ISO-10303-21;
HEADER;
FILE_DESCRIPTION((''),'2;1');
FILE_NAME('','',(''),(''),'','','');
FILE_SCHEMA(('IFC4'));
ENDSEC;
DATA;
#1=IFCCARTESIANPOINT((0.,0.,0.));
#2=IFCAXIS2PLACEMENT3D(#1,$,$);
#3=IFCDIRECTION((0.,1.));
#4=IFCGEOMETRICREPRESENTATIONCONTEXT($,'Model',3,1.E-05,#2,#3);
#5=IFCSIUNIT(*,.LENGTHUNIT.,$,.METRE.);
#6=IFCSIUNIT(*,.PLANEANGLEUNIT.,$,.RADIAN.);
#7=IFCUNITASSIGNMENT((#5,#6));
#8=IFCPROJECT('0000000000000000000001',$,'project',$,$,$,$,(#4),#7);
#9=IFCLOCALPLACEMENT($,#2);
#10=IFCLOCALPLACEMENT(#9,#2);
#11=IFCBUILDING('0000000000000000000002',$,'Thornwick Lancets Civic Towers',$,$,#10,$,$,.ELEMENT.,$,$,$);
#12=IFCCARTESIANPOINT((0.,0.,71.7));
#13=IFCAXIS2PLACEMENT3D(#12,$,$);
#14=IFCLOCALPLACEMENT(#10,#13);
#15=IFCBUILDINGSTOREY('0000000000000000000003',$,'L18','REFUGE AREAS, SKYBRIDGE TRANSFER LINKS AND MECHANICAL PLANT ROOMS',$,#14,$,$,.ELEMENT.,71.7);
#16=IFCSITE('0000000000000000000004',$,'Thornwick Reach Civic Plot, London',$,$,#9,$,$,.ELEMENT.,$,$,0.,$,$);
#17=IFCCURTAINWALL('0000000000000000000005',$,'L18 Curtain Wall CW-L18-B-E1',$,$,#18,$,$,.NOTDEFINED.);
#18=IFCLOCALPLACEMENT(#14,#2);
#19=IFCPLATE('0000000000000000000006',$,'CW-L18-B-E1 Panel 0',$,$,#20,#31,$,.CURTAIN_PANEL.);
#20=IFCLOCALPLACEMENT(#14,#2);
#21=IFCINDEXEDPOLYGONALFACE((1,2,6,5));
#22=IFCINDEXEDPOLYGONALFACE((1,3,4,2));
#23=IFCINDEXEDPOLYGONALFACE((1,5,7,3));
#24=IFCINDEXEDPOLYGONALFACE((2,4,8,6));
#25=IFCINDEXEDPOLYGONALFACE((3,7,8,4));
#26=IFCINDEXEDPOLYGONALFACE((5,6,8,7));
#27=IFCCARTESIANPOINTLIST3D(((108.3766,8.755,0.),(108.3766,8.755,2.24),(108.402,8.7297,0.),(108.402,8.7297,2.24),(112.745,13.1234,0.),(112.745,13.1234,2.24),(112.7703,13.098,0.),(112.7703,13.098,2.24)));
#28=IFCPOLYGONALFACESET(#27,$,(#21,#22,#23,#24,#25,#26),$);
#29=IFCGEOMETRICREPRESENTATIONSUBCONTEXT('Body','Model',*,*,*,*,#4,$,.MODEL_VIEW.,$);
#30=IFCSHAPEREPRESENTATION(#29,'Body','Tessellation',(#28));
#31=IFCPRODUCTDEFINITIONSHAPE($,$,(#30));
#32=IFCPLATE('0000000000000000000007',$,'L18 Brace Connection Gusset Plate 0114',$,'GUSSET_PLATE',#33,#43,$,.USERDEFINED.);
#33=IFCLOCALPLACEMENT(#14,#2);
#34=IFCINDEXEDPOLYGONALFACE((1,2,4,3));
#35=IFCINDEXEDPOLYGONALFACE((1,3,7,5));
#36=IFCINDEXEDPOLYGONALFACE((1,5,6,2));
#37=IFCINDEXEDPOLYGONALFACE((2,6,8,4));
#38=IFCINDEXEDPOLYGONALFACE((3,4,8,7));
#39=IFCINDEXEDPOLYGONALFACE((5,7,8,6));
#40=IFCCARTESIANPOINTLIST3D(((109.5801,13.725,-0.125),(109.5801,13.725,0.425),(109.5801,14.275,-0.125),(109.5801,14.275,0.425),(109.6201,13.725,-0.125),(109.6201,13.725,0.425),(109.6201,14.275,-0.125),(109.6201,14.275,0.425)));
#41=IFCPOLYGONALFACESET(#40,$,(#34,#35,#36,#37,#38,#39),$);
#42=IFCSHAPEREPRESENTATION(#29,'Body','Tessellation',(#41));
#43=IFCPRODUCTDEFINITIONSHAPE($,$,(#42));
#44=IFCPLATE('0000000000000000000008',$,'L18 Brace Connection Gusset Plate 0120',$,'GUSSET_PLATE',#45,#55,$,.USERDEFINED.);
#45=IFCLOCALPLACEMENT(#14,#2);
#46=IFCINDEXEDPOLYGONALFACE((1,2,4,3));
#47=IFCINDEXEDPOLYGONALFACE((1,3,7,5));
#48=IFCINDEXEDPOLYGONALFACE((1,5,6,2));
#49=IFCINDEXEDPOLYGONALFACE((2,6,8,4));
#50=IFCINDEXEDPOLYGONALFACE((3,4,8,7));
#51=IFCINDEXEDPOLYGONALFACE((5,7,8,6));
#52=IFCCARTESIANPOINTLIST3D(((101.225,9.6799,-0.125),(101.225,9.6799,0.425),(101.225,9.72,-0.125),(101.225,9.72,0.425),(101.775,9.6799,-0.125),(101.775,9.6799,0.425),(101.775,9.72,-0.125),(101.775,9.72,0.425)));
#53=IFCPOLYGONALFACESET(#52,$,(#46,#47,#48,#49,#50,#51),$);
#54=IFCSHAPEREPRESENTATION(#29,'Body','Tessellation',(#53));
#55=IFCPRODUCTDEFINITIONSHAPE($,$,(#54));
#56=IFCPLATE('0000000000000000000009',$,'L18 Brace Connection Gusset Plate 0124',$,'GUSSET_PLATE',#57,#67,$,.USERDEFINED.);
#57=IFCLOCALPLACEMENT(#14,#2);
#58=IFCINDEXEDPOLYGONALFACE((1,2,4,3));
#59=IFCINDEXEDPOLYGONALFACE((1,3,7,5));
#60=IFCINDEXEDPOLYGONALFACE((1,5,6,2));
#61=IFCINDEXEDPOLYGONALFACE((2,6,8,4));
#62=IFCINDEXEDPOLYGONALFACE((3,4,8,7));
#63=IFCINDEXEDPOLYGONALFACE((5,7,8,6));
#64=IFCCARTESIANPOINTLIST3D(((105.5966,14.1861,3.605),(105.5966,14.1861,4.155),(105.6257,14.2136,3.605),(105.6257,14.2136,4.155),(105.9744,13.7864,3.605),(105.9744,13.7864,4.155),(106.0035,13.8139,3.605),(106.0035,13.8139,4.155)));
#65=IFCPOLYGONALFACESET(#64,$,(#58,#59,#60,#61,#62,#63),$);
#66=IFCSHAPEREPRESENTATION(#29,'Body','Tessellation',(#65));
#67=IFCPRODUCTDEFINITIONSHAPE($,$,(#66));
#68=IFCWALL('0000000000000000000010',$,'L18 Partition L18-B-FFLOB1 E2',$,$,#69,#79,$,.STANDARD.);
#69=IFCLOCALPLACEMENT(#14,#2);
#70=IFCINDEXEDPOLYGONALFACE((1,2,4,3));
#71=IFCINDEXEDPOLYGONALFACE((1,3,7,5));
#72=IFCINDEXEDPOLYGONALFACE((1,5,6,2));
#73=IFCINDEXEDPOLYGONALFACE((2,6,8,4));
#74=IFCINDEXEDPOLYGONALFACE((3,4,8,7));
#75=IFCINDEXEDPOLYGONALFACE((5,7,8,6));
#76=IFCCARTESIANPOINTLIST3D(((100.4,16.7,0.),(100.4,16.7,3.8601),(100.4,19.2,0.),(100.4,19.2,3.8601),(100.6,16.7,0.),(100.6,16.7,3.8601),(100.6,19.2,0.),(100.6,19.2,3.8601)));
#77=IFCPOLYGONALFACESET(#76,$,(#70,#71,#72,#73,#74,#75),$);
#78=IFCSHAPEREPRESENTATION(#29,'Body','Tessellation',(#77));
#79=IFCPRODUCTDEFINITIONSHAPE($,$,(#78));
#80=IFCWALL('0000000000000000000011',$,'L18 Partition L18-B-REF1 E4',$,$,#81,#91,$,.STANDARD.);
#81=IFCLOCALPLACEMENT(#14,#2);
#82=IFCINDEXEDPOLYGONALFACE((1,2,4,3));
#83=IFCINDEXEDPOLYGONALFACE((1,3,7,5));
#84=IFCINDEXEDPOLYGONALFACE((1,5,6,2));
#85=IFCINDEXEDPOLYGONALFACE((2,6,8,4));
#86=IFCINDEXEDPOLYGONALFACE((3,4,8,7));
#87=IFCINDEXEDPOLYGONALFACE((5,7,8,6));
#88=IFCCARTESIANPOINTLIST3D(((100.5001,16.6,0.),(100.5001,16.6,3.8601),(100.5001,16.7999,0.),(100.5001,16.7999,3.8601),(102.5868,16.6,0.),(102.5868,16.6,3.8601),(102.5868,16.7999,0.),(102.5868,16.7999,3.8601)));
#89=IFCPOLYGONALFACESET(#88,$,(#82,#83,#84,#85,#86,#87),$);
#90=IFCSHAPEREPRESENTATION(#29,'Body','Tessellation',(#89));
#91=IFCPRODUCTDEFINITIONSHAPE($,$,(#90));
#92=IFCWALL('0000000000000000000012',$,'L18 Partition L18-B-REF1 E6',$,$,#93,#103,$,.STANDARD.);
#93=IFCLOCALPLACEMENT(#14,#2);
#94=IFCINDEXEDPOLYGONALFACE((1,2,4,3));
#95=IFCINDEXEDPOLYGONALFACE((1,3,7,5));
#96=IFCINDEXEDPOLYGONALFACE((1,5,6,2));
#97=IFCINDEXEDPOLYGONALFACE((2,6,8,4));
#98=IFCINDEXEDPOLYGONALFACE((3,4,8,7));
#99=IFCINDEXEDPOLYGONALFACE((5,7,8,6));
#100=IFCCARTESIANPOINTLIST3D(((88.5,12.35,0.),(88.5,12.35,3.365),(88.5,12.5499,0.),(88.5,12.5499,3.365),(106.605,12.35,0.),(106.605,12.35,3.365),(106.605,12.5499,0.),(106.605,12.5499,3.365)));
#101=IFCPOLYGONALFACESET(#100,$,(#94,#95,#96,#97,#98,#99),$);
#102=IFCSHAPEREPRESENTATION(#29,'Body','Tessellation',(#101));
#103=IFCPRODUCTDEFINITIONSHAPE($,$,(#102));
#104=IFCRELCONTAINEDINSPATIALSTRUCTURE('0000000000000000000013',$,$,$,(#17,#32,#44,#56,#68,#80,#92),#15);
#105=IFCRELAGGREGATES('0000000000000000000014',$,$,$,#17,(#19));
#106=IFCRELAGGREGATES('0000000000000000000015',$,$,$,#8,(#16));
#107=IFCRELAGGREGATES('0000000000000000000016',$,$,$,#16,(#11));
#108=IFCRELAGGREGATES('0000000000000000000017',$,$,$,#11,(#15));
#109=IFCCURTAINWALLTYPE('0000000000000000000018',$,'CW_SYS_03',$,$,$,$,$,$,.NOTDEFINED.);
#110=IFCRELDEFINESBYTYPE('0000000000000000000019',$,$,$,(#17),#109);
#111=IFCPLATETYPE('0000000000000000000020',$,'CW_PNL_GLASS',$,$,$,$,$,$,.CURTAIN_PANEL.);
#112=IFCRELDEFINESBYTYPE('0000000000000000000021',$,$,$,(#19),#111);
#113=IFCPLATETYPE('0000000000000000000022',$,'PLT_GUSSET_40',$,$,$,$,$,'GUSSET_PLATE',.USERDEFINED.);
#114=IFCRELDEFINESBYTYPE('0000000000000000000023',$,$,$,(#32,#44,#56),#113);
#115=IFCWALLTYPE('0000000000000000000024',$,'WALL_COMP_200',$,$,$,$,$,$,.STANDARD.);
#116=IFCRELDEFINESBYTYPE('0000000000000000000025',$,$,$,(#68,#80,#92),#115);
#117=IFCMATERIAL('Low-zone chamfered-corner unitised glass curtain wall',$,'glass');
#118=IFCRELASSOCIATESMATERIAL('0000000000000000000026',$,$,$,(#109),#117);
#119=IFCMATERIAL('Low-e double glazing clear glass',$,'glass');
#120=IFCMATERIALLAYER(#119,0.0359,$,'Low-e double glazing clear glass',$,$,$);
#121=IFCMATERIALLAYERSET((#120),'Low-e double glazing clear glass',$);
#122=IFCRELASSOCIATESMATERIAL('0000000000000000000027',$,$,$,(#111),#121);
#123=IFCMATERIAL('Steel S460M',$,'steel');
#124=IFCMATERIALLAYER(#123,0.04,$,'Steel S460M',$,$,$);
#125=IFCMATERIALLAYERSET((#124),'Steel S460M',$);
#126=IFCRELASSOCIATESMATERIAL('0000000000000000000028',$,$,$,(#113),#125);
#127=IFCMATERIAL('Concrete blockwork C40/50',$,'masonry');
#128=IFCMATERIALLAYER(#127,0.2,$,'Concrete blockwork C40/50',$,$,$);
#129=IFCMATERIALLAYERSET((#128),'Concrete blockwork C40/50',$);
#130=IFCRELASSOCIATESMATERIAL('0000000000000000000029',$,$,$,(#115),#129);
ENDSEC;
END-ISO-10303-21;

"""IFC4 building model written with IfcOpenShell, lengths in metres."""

from ifc_helpers import new_model, si_unit, direction, frame, frame_2d, origin, origin_2d, place, context, subcontext, project, spatial, rectangle, extrude, material, layer, layer_set, type_object, element, aggregate, save


model = new_model("IFC4")

# Units and contexts
model_context = context("Model", 3, precision=1e-05, world=origin(), true_north=direction((0.0, 1.0)))
body_context = subcontext(model_context, "Body", "Model", "MODEL_VIEW")
ifc_project = project(units=[si_unit("LENGTHUNIT", "METRE"), si_unit("PLANEANGLEUNIT", "RADIAN")], contexts=[model_context])

# Site, building, storey
site_placement = place(None, origin())
site = spatial("IfcSite", under=ifc_project, at=site_placement, Name="Thornwick Reach Civic Plot, London", CompositionType="ELEMENT", RefElevation=0.0)
building_placement = place(site_placement, origin())
building = spatial("IfcBuilding", under=site, at=building_placement, Name="Thornwick Lancets Civic Towers", CompositionType="ELEMENT")
storey_placement = place(building_placement, frame((0.0, 0.0, 71.7)))
storey = spatial("IfcBuildingStorey", under=building, at=storey_placement, Name="L18", Description="REFUGE AREAS, SKYBRIDGE TRANSFER LINKS AND MECHANICAL PLANT ROOMS", CompositionType="ELEMENT", Elevation=71.7)

# Shared definitions
ifc_material_1 = material(Name="Steel S460M", Category="steel")

# Curtain wall
ifc_material_2 = material(Name="Low-zone chamfered-corner unitised glass curtain wall", Category="glass")
curtain_wall_type = type_object("IfcCurtainWallType", Name="CW_SYS_03", PredefinedType="NOTDEFINED", material=ifc_material_2)
curtain_wall_placement = place(storey_placement, origin())
curtain_wall = element("IfcCurtainWall", 1, at=curtain_wall_placement, inside=storey, type_object=curtain_wall_type, Name="L18 Curtain Wall CW-L18-B-E1", PredefinedType="NOTDEFINED")

# Plate
ifc_material_3 = material(Name="Low-e double glazing clear glass", Category="glass")
ifc_layer_1 = layer(ifc_material_3, 0.0359, Name="Low-e double glazing clear glass")
ifc_layer_set_1 = layer_set([ifc_layer_1], Name="Low-e double glazing clear glass")
plate_type_1 = type_object("IfcPlateType", Name="CW_PNL_GLASS", PredefinedType="CURTAIN_PANEL", material=ifc_layer_set_1)
plate_placement = place(storey_placement, frame((110.5735, 10.9265, 0.0), z_axis=(0.0, 0.0, 1.0), x_axis=(0.707107, 0.707107, 0.0)))
plate = element("IfcPlate", 2, at=plate_placement, type_object=plate_type_1, Name="CW-L18-B-E1 Panel 0", PredefinedType="CURTAIN_PANEL", context=body_context, shape_type="SweptSolid", body=[
    extrude(rectangle(XDim=6.1777, YDim=0.0359, at=origin_2d()), origin(), (0.0, 0.0, 1.0), 2.24),
])
aggregate(curtain_wall, [plate])

# Plates
ifc_layer_2 = layer(ifc_material_1, 0.04, Name="Steel S460M")
ifc_layer_set_2 = layer_set([ifc_layer_2], Name="Steel S460M")
plate_type_2 = type_object("IfcPlateType", Name="PLT_GUSSET_40", ElementType="GUSSET_PLATE", PredefinedType="USERDEFINED", material=ifc_layer_set_2)
for number, where, z_axis, x_axis, name in (
    (3, (109.6001, 14.0, -0.125), (0.0, 0.0, 1.0), (0.0, 1.0, 0.0), "L18 Brace Connection Gusset Plate 0114"),
    (4, (101.5, 9.7, -0.125), (0.0, 0.0, 1.0), (-1.0, 0.0, 0.0), "L18 Brace Connection Gusset Plate 0120"),
    (5, (105.8, 14.0, 3.605), (0.0, 0.0, 1.0), (0.686961, -0.726695, 0.0), "L18 Brace Connection Gusset Plate 0124"),
):
    element("IfcPlate", number, at=place(storey_placement, frame(where, z_axis=z_axis, x_axis=x_axis)), inside=storey, type_object=plate_type_2, Name=name, ObjectType="GUSSET_PLATE", PredefinedType="USERDEFINED", context=body_context, shape_type="SweptSolid", body=[
        extrude(rectangle(XDim=0.55, YDim=0.04, at=origin_2d()), origin(), (0.0, 0.0, 1.0), 0.55),
    ])

# Walls
ifc_material_4 = material(Name="Concrete blockwork C40/50", Category="masonry")
ifc_layer_3 = layer(ifc_material_4, 0.2, Name="Concrete blockwork C40/50")
ifc_layer_set_3 = layer_set([ifc_layer_3], Name="Concrete blockwork C40/50")
wall_type_1 = type_object("IfcWallType", Name="WALL_COMP_200", PredefinedType="STANDARD", material=ifc_layer_set_3)
wall_1_placement = place(storey_placement, frame((100.5, 16.7, 0.0), z_axis=(0.0, 0.0, 1.0), x_axis=(0.0, 1.0, 0.0)))
element("IfcWall", 6, at=wall_1_placement, inside=storey, type_object=wall_type_1, Name="L18 Partition L18-B-FFLOB1 E2", PredefinedType="STANDARD", context=body_context, shape_type="SweptSolid", body=[
    extrude(rectangle(XDim=2.5, YDim=0.2, at=frame_2d((1.25, 0.0))), origin(), (0.0, 0.0, 1.0), 3.8601),
])
wall_2_placement = place(storey_placement, frame((100.5, 16.7, 0.0), z_axis=(0.0, 0.0, 1.0), x_axis=(1.0, 0.0, 0.0)))
element("IfcWall", 7, at=wall_2_placement, inside=storey, type_object=wall_type_1, Name="L18 Partition L18-B-REF1 E4", PredefinedType="STANDARD", context=body_context, shape_type="SweptSolid", body=[
    extrude(rectangle(XDim=2.0867, YDim=0.2, at=frame_2d((1.0435, 0.0))), origin(), (0.0, 0.0, 1.0), 3.8601),
])
wall_3_placement = place(storey_placement, frame((106.605, 12.45, 0.0), z_axis=(0.0, 0.0, 1.0), x_axis=(-1.0, 0.0, 0.0)))
element("IfcWall", 8, at=wall_3_placement, inside=storey, type_object=wall_type_1, Name="L18 Partition L18-B-REF1 E6", PredefinedType="STANDARD", context=body_context, shape_type="SweptSolid", body=[
    extrude(rectangle(XDim=18.105, YDim=0.2, at=frame_2d((9.0525, 0.0))), origin(), (0.0, 0.0, 1.0), 3.365),
])

save(model, "model.ifc")
